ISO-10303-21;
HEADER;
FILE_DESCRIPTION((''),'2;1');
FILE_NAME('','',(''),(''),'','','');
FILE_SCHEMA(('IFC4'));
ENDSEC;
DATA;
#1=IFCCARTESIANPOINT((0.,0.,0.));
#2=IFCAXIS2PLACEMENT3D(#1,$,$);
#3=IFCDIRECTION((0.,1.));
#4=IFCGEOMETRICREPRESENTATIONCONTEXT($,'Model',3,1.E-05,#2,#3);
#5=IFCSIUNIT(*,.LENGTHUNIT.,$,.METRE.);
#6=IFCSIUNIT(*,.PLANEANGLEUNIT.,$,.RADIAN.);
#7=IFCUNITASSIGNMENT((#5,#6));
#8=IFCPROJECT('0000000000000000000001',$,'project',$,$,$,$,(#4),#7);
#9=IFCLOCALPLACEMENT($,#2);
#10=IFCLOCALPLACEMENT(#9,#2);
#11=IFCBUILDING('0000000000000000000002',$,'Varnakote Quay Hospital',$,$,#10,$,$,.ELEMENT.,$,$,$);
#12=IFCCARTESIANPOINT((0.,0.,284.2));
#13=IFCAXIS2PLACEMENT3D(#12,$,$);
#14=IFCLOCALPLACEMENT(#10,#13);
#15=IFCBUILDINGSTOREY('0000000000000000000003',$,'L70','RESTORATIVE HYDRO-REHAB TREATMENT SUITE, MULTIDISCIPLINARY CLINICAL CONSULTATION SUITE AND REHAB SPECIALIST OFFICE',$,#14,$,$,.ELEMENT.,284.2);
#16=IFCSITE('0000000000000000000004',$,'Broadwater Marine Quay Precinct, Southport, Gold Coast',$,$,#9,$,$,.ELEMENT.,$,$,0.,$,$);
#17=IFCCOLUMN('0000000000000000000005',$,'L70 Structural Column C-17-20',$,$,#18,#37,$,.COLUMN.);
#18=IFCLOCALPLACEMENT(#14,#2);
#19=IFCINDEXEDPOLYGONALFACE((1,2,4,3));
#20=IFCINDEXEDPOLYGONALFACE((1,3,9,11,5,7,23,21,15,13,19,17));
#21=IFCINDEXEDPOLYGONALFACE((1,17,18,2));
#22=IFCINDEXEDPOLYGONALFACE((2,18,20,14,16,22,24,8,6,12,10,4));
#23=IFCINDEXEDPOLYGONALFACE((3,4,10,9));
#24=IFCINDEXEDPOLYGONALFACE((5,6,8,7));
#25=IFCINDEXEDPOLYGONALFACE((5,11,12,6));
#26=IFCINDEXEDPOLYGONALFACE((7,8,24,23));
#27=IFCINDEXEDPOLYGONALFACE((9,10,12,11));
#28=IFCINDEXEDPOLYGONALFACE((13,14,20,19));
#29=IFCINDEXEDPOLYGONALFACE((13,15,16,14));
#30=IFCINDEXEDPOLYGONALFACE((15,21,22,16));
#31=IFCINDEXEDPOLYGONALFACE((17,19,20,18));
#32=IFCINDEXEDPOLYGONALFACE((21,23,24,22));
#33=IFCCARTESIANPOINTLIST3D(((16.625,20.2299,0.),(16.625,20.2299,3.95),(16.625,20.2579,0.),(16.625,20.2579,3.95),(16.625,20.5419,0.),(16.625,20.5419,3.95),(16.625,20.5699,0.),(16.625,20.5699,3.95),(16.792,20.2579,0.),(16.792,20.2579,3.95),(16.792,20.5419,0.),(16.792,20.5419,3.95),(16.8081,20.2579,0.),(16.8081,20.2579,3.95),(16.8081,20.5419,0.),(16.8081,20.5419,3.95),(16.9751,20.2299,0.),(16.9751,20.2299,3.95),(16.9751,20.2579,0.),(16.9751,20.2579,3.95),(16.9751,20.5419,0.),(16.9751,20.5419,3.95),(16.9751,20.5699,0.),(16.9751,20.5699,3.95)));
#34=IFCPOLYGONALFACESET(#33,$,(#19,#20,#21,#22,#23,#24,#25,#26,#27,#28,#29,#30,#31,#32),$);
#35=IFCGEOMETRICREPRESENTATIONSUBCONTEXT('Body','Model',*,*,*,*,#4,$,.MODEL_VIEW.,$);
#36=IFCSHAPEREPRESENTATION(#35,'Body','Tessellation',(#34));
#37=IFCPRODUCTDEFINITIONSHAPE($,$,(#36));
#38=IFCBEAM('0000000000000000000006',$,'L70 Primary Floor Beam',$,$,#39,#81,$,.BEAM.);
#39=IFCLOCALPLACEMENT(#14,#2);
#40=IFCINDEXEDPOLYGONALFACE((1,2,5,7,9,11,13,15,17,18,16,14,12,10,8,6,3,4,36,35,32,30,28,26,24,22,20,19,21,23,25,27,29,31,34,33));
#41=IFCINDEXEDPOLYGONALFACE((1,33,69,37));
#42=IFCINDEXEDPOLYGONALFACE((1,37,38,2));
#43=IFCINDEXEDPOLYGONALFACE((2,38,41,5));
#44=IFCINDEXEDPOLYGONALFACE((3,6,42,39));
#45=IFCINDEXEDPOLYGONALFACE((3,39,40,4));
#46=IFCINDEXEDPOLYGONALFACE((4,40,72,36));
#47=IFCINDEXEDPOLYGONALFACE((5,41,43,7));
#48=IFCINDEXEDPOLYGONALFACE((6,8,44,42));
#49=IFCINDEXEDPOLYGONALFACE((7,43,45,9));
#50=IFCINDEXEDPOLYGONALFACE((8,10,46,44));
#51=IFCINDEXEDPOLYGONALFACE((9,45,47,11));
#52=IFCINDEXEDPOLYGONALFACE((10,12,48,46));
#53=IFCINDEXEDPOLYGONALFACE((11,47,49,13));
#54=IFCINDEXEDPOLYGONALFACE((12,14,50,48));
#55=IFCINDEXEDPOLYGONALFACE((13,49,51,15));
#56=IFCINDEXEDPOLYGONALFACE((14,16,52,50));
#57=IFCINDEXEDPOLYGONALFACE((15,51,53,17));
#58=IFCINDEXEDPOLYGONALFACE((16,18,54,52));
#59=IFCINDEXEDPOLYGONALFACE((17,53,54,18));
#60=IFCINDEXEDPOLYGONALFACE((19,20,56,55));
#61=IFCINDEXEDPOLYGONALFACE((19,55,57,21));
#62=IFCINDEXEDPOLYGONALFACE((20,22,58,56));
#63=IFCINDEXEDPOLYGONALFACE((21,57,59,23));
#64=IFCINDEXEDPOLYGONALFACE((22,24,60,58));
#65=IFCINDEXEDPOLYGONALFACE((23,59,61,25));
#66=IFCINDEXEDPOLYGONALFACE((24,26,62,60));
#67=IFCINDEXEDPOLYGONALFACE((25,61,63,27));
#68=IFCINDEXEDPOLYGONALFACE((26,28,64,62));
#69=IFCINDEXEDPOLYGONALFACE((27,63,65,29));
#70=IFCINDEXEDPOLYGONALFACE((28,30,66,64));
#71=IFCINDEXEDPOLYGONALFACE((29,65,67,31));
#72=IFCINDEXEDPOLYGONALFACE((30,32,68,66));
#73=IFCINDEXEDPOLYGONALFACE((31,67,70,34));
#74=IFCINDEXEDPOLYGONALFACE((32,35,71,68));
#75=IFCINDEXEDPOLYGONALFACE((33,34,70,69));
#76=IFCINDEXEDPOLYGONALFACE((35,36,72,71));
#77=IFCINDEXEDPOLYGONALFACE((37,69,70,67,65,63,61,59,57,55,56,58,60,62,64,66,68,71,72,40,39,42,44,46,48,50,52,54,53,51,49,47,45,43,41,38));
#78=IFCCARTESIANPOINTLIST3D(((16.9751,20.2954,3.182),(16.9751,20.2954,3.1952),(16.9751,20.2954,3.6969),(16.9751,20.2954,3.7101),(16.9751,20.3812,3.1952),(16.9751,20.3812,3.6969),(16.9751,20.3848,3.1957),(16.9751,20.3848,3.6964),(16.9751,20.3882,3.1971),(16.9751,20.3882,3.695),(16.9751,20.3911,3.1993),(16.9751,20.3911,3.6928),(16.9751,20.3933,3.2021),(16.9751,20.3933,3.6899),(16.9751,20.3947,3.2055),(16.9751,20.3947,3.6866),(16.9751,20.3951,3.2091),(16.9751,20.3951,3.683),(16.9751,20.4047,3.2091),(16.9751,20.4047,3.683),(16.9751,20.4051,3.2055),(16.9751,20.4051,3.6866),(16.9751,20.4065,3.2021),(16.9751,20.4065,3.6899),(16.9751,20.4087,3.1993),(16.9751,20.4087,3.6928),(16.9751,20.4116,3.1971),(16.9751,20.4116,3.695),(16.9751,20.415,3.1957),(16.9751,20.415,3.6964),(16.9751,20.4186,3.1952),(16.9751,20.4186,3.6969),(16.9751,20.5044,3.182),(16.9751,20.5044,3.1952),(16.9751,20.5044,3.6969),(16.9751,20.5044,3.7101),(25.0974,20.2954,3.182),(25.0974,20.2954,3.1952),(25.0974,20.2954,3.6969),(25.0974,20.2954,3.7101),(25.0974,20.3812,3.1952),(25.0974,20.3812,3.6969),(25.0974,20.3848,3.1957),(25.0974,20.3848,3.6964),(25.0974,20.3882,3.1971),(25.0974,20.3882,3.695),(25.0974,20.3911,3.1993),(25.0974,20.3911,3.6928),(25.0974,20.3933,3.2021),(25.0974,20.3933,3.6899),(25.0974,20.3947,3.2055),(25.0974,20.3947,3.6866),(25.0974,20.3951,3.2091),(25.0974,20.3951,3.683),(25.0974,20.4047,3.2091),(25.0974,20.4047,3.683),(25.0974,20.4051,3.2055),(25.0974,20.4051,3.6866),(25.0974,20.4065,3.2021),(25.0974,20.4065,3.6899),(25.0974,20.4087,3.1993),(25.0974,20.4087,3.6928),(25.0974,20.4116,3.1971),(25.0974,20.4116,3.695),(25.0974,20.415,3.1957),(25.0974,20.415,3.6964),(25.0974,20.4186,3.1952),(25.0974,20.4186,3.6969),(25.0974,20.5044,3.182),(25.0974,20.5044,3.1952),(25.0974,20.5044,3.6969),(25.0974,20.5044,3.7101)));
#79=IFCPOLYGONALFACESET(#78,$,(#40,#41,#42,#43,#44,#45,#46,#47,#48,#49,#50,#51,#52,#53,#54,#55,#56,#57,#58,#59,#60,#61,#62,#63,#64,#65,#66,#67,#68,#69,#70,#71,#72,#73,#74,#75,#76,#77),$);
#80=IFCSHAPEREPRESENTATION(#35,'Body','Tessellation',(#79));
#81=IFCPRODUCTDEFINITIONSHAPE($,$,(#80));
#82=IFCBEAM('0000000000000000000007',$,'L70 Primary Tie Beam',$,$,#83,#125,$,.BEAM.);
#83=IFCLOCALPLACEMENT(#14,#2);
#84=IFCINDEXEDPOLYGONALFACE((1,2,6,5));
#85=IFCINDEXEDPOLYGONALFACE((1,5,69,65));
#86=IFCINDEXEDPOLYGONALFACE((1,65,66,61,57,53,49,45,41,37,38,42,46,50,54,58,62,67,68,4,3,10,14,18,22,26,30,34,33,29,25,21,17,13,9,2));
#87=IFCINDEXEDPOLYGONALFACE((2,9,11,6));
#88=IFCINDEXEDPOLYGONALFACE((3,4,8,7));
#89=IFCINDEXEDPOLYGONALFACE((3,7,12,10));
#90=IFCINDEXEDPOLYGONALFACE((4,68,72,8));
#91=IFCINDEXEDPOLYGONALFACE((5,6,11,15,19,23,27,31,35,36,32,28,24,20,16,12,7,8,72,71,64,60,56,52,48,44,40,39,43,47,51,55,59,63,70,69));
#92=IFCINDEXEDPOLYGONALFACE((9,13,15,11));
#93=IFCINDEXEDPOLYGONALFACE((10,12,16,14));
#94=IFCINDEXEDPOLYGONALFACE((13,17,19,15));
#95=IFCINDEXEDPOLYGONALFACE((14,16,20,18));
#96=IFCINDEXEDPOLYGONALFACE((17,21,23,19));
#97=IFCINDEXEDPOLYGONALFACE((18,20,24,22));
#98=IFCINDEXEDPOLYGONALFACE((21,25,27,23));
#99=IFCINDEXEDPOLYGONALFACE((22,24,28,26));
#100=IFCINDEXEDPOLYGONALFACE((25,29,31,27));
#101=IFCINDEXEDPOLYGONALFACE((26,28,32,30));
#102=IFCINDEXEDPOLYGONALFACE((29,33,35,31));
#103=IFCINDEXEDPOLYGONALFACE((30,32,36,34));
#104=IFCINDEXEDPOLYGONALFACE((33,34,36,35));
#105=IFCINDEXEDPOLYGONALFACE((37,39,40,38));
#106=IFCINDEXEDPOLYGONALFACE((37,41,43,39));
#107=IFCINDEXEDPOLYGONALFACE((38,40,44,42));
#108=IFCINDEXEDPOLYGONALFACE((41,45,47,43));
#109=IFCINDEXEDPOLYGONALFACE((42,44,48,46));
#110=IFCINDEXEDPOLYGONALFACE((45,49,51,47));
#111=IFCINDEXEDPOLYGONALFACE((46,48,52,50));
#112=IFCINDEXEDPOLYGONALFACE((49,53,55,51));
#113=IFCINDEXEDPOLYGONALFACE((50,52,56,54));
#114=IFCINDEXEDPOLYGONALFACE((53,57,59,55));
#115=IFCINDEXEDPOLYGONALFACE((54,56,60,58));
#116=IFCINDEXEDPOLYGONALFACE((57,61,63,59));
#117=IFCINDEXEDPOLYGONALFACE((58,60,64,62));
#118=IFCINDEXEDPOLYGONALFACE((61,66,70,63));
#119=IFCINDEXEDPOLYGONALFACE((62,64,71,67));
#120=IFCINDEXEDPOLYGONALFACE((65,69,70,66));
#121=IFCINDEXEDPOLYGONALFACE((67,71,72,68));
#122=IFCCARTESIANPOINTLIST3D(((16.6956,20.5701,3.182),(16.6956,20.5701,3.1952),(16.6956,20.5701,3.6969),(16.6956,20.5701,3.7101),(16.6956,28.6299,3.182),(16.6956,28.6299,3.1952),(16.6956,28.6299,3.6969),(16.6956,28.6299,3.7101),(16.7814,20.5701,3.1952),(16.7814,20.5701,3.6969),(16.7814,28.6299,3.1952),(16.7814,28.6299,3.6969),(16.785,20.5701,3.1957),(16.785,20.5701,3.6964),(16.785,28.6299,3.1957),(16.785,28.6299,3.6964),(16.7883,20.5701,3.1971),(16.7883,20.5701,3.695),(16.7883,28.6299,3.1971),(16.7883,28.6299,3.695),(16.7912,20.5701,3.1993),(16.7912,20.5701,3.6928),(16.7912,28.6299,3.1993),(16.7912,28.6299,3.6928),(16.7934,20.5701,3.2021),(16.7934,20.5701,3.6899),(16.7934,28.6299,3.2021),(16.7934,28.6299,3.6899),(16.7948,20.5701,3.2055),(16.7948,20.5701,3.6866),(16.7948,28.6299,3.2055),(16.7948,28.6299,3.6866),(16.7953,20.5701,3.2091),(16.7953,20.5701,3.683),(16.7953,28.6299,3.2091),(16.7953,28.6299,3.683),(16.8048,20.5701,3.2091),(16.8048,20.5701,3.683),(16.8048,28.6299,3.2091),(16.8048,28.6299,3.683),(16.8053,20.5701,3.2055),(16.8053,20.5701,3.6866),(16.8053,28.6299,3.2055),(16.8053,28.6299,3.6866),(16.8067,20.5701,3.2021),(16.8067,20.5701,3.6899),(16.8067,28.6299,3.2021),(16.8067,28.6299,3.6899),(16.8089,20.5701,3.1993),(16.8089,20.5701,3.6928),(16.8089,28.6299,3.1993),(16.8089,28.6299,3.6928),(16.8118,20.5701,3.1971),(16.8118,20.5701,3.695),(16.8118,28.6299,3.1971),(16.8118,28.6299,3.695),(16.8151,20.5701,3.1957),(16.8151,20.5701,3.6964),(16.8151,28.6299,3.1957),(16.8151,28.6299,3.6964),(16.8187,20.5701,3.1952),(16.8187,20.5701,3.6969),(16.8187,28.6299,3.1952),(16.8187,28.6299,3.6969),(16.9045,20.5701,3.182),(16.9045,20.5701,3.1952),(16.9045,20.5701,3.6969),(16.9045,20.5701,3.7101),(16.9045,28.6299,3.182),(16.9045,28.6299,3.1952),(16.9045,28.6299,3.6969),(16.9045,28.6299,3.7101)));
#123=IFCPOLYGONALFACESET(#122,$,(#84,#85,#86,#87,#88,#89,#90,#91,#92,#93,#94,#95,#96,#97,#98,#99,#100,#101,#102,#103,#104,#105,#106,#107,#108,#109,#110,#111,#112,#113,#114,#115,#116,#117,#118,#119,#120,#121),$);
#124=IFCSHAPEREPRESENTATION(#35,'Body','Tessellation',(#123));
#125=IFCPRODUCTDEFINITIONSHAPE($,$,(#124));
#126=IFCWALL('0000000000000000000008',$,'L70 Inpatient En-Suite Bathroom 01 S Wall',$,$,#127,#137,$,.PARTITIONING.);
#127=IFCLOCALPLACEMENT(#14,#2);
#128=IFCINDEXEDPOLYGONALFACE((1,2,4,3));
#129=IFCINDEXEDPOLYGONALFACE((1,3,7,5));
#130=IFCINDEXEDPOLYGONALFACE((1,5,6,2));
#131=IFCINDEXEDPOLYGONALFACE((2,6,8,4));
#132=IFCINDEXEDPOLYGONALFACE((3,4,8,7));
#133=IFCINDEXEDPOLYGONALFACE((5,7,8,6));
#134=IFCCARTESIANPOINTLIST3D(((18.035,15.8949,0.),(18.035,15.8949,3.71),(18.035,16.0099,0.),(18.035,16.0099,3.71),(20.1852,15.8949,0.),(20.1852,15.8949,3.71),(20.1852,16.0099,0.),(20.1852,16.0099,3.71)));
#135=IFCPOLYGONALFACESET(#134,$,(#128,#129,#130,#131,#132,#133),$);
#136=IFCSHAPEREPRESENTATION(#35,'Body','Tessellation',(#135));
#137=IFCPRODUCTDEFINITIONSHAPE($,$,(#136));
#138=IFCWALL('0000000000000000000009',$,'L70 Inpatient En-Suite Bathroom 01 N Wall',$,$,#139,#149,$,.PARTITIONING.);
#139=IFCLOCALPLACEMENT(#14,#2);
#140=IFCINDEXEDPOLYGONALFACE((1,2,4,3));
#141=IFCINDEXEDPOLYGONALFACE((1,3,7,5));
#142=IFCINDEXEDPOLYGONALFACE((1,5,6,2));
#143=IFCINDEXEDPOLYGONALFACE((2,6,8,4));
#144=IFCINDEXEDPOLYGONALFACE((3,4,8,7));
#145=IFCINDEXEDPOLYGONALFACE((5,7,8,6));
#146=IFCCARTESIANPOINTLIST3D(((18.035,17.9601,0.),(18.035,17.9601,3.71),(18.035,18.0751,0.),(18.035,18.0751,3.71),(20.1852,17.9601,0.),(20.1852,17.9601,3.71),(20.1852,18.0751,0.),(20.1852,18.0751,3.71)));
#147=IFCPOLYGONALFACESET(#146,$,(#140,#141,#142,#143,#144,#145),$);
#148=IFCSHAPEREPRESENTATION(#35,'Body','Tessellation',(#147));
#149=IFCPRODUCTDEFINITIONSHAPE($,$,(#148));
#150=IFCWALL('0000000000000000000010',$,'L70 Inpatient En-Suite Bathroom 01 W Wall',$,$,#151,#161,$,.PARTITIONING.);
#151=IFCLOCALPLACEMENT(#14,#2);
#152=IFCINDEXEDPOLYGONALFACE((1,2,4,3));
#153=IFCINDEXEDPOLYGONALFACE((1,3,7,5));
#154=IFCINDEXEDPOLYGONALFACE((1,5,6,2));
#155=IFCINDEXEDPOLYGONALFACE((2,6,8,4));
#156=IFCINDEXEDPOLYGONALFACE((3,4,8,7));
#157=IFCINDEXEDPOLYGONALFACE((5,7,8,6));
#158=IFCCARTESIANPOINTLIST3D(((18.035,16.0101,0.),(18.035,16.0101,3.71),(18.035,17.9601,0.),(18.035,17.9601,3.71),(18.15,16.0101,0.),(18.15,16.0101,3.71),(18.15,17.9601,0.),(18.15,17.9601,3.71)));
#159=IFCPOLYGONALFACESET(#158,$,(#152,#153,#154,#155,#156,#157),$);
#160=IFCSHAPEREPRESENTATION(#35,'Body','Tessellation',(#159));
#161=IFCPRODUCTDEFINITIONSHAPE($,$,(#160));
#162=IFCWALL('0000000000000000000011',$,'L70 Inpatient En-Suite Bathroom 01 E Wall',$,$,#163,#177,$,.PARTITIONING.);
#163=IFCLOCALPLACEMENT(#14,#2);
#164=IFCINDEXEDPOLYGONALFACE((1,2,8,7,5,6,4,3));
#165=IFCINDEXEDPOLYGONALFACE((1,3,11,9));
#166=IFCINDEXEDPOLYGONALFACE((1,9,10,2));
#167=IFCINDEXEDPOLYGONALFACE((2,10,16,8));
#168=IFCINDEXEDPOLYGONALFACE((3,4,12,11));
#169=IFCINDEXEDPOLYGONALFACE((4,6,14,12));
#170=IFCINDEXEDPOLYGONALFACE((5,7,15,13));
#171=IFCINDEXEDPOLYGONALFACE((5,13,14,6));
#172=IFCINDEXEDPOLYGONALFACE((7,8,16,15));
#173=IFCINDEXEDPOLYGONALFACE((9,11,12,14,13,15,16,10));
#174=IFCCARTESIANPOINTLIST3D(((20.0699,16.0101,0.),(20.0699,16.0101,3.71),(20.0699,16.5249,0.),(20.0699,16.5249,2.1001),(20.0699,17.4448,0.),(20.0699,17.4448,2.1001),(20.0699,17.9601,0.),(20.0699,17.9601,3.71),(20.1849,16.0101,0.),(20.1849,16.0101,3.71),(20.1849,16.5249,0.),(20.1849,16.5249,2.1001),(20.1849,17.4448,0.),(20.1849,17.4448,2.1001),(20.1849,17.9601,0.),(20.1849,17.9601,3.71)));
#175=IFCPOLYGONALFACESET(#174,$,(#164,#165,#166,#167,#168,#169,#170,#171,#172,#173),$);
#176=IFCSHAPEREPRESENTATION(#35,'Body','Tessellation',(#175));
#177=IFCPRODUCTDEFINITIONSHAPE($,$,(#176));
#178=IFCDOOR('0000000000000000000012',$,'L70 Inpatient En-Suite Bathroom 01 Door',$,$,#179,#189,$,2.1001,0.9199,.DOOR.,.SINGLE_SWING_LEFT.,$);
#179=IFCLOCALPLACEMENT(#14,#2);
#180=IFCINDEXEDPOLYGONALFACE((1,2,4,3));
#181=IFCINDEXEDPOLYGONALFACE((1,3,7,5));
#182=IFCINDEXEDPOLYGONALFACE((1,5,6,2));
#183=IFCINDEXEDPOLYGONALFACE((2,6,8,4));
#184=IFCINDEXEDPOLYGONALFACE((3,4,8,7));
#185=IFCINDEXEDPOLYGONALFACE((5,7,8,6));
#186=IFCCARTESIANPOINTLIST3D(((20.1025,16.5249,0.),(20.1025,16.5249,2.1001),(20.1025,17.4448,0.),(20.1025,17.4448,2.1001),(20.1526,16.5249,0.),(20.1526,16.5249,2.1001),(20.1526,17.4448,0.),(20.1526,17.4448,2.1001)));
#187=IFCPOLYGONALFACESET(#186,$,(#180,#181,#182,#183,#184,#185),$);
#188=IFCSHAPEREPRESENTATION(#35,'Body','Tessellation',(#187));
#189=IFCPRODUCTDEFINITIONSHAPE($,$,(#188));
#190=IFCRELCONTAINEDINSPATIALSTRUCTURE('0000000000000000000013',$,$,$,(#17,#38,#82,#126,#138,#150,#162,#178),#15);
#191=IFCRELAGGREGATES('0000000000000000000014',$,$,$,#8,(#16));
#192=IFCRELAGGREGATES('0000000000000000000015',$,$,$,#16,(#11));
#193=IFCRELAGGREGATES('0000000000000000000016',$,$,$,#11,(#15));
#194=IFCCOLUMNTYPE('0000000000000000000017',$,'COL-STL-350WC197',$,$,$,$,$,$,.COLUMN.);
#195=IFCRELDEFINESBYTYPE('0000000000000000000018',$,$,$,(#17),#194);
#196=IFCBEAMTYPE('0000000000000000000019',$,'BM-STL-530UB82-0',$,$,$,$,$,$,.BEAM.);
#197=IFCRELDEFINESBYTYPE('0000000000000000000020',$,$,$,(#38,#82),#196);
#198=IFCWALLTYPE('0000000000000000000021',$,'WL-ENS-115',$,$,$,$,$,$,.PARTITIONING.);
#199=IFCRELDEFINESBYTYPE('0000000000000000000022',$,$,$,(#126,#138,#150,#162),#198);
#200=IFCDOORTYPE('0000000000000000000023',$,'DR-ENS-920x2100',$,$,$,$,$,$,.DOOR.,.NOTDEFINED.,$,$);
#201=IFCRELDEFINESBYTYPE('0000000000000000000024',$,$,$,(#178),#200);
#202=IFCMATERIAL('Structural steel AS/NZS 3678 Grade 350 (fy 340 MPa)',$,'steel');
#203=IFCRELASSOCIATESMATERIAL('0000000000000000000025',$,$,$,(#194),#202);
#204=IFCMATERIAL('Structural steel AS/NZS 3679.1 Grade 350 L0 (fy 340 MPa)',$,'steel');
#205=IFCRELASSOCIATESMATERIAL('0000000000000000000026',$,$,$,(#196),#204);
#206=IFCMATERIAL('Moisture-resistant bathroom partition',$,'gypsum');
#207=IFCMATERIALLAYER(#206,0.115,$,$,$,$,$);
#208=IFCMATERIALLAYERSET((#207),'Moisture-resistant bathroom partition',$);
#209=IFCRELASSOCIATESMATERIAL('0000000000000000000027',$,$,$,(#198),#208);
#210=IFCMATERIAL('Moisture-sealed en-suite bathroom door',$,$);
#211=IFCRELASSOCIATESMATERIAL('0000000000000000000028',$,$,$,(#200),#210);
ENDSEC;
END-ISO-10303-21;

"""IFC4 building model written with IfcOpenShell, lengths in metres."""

from ifc_helpers import new_model, si_unit, direction, frame, frame_2d, origin, origin_2d, place, context, subcontext, project, spatial, rectangle, i_section, extrude, material, layer, layer_set, material_profile, profile_set, type_object, element, fill, save


model = new_model("IFC4")

# Units and contexts
model_context = context("Model", 3, precision=1e-05, world=origin(), true_north=direction((0.0, 1.0)))
body_context = subcontext(model_context, "Body", "Model", "MODEL_VIEW")
ifc_project = project(units=[si_unit("LENGTHUNIT", "METRE"), si_unit("PLANEANGLEUNIT", "RADIAN")], contexts=[model_context])

# Site, building, storey
site_placement = place(None, origin())
site = spatial("IfcSite", under=ifc_project, at=site_placement, Name="Broadwater Marine Quay Precinct, Southport, Gold Coast", CompositionType="ELEMENT", RefElevation=0.0)
building_placement = place(site_placement, origin())
building = spatial("IfcBuilding", under=site, at=building_placement, Name="Varnakote Quay Hospital", CompositionType="ELEMENT")
storey_placement = place(building_placement, frame((0.0, 0.0, 284.2)))
storey = spatial("IfcBuildingStorey", under=building, at=storey_placement, Name="L70", Description="RESTORATIVE HYDRO-REHAB TREATMENT SUITE, MULTIDISCIPLINARY CLINICAL CONSULTATION SUITE AND REHAB SPECIALIST OFFICE", CompositionType="ELEMENT", Elevation=284.2)

# Column
ifc_material_1 = material(Name="Structural steel AS/NZS 3678 Grade 350 (fy 340 MPa)", Category="steel")
ifc_material_profile_1 = material_profile(ifc_material_1, i_section(OverallWidth=0.3501, OverallDepth=0.3401, WebThickness=0.0161, FlangeThickness=0.0281, at=origin_2d()), Name="350WC197")
ifc_profile_set_1 = profile_set([ifc_material_profile_1], Name="Structural steel AS/NZS 3678 Grade 350 (fy 340 MPa)")
column_type = type_object("IfcColumnType", Name="COL-STL-350WC197", PredefinedType="COLUMN", material=ifc_profile_set_1)
column_placement = place(storey_placement, frame((16.8, 20.3999, 0.0), z_axis=(0.0, 0.0, 1.0), x_axis=(1.0, 0.0, 0.0)))
element("IfcColumn", 1, at=column_placement, inside=storey, type_object=column_type, Name="L70 Structural Column C-17-20", PredefinedType="COLUMN", context=body_context, shape_type="SweptSolid", body=[
    extrude(i_section(OverallWidth=0.3501, OverallDepth=0.3401, WebThickness=0.0161, FlangeThickness=0.0281, at=origin_2d()), origin(), (0.0, 0.0, 1.0), 3.95),
])

# Beams
ifc_material_2 = material(Name="Structural steel AS/NZS 3679.1 Grade 350 L0 (fy 340 MPa)", Category="steel")
ifc_material_profile_2 = material_profile(ifc_material_2, i_section(OverallWidth=0.209, OverallDepth=0.5281, WebThickness=0.0095, FlangeThickness=0.0132, FilletRadius=0.0139, at=origin_2d()), Name="530UB82.0")
ifc_profile_set_2 = profile_set([ifc_material_profile_2], Name="Structural steel AS/NZS 3679.1 Grade 350 L0 (fy 340 MPa)")
beam_type = type_object("IfcBeamType", Name="BM-STL-530UB82-0", PredefinedType="BEAM", material=ifc_profile_set_2)
beam_1_placement = place(storey_placement, frame((16.9751, 20.3999, 3.446), z_axis=(1.0, 0.0, 0.0), x_axis=(0.0, 1.0, 0.0)))
element("IfcBeam", 2, at=beam_1_placement, inside=storey, type_object=beam_type, Name="L70 Primary Floor Beam", PredefinedType="BEAM", context=body_context, shape_type="SweptSolid", body=[
    extrude(i_section(OverallWidth=0.209, OverallDepth=0.5281, WebThickness=0.0095, FlangeThickness=0.0132, FilletRadius=0.0139, at=origin_2d()), origin(), (0.0, 0.0, 1.0), 8.1223),
])
beam_2_placement = place(storey_placement, frame((16.8, 20.5701, 3.446), z_axis=(0.0, 1.0, 0.0), x_axis=(-1.0, 0.0, 0.0)))
element("IfcBeam", 3, at=beam_2_placement, inside=storey, type_object=beam_type, Name="L70 Primary Tie Beam", PredefinedType="BEAM", context=body_context, shape_type="SweptSolid", body=[
    extrude(i_section(OverallWidth=0.209, OverallDepth=0.5281, WebThickness=0.0095, FlangeThickness=0.0132, FilletRadius=0.0139, at=origin_2d()), origin(), (0.0, 0.0, 1.0), 8.0598),
])

# Walls
ifc_material_3 = material(Name="Moisture-resistant bathroom partition", Category="gypsum")
ifc_layer_1 = layer(ifc_material_3, 0.115)
ifc_layer_set_1 = layer_set([ifc_layer_1], Name="Moisture-resistant bathroom partition")
wall_type_1 = type_object("IfcWallType", Name="WL-ENS-115", PredefinedType="PARTITIONING", material=ifc_layer_set_1)
for number, where, z_axis, x_axis, name in (
    (4, (18.0349, 15.9524, 0.0), (0.0, 0.0, 1.0), (1.0, 0.0, 0.0), "L70 Inpatient En-Suite Bathroom 01 S Wall"),
    (5, (18.0349, 18.0176, 0.0), (0.0, 0.0, 1.0), (1.0, 0.0, 0.0), "L70 Inpatient En-Suite Bathroom 01 N Wall"),
):
    element("IfcWall", number, at=place(storey_placement, frame(where, z_axis=z_axis, x_axis=x_axis)), inside=storey, type_object=wall_type_1, Name=name, PredefinedType="PARTITIONING", context=body_context, shape_type="SweptSolid", body=[
        extrude(rectangle(XDim=2.1501, YDim=0.115, at=frame_2d((1.0752, 0.0))), origin(), (0.0, 0.0, 1.0), 3.71),
    ])
wall_1_placement = place(storey_placement, frame((18.0925, 16.01, 0.0), z_axis=(0.0, 0.0, 1.0), x_axis=(0.0, 1.0, 0.0)))
element("IfcWall", 6, at=wall_1_placement, inside=storey, type_object=wall_type_1, Name="L70 Inpatient En-Suite Bathroom 01 W Wall", PredefinedType="PARTITIONING", context=body_context, shape_type="SweptSolid", body=[
    extrude(rectangle(XDim=1.95, YDim=0.115, at=frame_2d((0.9751, 0.0))), origin(), (0.0, 0.0, 1.0), 3.71),
])

# Wall, opening, door
wall_2_placement = place(storey_placement, frame((20.1274, 16.01, 0.0), z_axis=(0.0, 0.0, 1.0), x_axis=(0.0, 1.0, 0.0)))
wall_2 = element("IfcWall", 7, at=wall_2_placement, inside=storey, type_object=wall_type_1, Name="L70 Inpatient En-Suite Bathroom 01 E Wall", PredefinedType="PARTITIONING", context=body_context, shape_type="SweptSolid", body=[
    extrude(rectangle(XDim=1.95, YDim=0.115, at=frame_2d((0.9751, 0.0))), origin(), (0.0, 0.0, 1.0), 3.71),
])
opening_1_placement = place(wall_2_placement, frame((0.5149, 0.0, 0.0)))
opening_1 = element("IfcOpeningElement", 8, at=opening_1_placement, cuts=wall_2, PredefinedType="OPENING", context=body_context, shape_type="SweptSolid", body=[
    extrude(rectangle(XDim=0.9199, YDim=2.1001, at=frame_2d((0.46, 1.05))), frame((0.0, 0.0674, 0.0), z_axis=(0.0, -1.0, 0.0), x_axis=(1.0, 0.0, 0.0)), (0.0, 0.0, 1.0), 0.135),
])
ifc_material_4 = material(Name="Moisture-sealed en-suite bathroom door")
door_type_1 = type_object("IfcDoorType", Name="DR-ENS-920x2100", OperationType="NOTDEFINED", PredefinedType="DOOR", material=ifc_material_4)
door_1_placement = place(opening_1_placement, origin())
door_1 = element("IfcDoor", 9, at=door_1_placement, inside=storey, type_object=door_type_1, Name="L70 Inpatient En-Suite Bathroom 01 Door", OperationType="SINGLE_SWING_LEFT", OverallHeight=2.1001, OverallWidth=0.9199, PredefinedType="DOOR", context=body_context, shape_type="SweptSolid", body=[
    extrude(rectangle(XDim=0.9199, YDim=2.1001, at=frame_2d((0.46, 1.05))), frame((0.0, 0.0249, 0.0), z_axis=(0.0, -1.0, 0.0), x_axis=(1.0, 0.0, 0.0)), (0.0, 0.0, 1.0), 0.05),
])
fill(opening_1, door_1)

save(model, "model.ifc")
